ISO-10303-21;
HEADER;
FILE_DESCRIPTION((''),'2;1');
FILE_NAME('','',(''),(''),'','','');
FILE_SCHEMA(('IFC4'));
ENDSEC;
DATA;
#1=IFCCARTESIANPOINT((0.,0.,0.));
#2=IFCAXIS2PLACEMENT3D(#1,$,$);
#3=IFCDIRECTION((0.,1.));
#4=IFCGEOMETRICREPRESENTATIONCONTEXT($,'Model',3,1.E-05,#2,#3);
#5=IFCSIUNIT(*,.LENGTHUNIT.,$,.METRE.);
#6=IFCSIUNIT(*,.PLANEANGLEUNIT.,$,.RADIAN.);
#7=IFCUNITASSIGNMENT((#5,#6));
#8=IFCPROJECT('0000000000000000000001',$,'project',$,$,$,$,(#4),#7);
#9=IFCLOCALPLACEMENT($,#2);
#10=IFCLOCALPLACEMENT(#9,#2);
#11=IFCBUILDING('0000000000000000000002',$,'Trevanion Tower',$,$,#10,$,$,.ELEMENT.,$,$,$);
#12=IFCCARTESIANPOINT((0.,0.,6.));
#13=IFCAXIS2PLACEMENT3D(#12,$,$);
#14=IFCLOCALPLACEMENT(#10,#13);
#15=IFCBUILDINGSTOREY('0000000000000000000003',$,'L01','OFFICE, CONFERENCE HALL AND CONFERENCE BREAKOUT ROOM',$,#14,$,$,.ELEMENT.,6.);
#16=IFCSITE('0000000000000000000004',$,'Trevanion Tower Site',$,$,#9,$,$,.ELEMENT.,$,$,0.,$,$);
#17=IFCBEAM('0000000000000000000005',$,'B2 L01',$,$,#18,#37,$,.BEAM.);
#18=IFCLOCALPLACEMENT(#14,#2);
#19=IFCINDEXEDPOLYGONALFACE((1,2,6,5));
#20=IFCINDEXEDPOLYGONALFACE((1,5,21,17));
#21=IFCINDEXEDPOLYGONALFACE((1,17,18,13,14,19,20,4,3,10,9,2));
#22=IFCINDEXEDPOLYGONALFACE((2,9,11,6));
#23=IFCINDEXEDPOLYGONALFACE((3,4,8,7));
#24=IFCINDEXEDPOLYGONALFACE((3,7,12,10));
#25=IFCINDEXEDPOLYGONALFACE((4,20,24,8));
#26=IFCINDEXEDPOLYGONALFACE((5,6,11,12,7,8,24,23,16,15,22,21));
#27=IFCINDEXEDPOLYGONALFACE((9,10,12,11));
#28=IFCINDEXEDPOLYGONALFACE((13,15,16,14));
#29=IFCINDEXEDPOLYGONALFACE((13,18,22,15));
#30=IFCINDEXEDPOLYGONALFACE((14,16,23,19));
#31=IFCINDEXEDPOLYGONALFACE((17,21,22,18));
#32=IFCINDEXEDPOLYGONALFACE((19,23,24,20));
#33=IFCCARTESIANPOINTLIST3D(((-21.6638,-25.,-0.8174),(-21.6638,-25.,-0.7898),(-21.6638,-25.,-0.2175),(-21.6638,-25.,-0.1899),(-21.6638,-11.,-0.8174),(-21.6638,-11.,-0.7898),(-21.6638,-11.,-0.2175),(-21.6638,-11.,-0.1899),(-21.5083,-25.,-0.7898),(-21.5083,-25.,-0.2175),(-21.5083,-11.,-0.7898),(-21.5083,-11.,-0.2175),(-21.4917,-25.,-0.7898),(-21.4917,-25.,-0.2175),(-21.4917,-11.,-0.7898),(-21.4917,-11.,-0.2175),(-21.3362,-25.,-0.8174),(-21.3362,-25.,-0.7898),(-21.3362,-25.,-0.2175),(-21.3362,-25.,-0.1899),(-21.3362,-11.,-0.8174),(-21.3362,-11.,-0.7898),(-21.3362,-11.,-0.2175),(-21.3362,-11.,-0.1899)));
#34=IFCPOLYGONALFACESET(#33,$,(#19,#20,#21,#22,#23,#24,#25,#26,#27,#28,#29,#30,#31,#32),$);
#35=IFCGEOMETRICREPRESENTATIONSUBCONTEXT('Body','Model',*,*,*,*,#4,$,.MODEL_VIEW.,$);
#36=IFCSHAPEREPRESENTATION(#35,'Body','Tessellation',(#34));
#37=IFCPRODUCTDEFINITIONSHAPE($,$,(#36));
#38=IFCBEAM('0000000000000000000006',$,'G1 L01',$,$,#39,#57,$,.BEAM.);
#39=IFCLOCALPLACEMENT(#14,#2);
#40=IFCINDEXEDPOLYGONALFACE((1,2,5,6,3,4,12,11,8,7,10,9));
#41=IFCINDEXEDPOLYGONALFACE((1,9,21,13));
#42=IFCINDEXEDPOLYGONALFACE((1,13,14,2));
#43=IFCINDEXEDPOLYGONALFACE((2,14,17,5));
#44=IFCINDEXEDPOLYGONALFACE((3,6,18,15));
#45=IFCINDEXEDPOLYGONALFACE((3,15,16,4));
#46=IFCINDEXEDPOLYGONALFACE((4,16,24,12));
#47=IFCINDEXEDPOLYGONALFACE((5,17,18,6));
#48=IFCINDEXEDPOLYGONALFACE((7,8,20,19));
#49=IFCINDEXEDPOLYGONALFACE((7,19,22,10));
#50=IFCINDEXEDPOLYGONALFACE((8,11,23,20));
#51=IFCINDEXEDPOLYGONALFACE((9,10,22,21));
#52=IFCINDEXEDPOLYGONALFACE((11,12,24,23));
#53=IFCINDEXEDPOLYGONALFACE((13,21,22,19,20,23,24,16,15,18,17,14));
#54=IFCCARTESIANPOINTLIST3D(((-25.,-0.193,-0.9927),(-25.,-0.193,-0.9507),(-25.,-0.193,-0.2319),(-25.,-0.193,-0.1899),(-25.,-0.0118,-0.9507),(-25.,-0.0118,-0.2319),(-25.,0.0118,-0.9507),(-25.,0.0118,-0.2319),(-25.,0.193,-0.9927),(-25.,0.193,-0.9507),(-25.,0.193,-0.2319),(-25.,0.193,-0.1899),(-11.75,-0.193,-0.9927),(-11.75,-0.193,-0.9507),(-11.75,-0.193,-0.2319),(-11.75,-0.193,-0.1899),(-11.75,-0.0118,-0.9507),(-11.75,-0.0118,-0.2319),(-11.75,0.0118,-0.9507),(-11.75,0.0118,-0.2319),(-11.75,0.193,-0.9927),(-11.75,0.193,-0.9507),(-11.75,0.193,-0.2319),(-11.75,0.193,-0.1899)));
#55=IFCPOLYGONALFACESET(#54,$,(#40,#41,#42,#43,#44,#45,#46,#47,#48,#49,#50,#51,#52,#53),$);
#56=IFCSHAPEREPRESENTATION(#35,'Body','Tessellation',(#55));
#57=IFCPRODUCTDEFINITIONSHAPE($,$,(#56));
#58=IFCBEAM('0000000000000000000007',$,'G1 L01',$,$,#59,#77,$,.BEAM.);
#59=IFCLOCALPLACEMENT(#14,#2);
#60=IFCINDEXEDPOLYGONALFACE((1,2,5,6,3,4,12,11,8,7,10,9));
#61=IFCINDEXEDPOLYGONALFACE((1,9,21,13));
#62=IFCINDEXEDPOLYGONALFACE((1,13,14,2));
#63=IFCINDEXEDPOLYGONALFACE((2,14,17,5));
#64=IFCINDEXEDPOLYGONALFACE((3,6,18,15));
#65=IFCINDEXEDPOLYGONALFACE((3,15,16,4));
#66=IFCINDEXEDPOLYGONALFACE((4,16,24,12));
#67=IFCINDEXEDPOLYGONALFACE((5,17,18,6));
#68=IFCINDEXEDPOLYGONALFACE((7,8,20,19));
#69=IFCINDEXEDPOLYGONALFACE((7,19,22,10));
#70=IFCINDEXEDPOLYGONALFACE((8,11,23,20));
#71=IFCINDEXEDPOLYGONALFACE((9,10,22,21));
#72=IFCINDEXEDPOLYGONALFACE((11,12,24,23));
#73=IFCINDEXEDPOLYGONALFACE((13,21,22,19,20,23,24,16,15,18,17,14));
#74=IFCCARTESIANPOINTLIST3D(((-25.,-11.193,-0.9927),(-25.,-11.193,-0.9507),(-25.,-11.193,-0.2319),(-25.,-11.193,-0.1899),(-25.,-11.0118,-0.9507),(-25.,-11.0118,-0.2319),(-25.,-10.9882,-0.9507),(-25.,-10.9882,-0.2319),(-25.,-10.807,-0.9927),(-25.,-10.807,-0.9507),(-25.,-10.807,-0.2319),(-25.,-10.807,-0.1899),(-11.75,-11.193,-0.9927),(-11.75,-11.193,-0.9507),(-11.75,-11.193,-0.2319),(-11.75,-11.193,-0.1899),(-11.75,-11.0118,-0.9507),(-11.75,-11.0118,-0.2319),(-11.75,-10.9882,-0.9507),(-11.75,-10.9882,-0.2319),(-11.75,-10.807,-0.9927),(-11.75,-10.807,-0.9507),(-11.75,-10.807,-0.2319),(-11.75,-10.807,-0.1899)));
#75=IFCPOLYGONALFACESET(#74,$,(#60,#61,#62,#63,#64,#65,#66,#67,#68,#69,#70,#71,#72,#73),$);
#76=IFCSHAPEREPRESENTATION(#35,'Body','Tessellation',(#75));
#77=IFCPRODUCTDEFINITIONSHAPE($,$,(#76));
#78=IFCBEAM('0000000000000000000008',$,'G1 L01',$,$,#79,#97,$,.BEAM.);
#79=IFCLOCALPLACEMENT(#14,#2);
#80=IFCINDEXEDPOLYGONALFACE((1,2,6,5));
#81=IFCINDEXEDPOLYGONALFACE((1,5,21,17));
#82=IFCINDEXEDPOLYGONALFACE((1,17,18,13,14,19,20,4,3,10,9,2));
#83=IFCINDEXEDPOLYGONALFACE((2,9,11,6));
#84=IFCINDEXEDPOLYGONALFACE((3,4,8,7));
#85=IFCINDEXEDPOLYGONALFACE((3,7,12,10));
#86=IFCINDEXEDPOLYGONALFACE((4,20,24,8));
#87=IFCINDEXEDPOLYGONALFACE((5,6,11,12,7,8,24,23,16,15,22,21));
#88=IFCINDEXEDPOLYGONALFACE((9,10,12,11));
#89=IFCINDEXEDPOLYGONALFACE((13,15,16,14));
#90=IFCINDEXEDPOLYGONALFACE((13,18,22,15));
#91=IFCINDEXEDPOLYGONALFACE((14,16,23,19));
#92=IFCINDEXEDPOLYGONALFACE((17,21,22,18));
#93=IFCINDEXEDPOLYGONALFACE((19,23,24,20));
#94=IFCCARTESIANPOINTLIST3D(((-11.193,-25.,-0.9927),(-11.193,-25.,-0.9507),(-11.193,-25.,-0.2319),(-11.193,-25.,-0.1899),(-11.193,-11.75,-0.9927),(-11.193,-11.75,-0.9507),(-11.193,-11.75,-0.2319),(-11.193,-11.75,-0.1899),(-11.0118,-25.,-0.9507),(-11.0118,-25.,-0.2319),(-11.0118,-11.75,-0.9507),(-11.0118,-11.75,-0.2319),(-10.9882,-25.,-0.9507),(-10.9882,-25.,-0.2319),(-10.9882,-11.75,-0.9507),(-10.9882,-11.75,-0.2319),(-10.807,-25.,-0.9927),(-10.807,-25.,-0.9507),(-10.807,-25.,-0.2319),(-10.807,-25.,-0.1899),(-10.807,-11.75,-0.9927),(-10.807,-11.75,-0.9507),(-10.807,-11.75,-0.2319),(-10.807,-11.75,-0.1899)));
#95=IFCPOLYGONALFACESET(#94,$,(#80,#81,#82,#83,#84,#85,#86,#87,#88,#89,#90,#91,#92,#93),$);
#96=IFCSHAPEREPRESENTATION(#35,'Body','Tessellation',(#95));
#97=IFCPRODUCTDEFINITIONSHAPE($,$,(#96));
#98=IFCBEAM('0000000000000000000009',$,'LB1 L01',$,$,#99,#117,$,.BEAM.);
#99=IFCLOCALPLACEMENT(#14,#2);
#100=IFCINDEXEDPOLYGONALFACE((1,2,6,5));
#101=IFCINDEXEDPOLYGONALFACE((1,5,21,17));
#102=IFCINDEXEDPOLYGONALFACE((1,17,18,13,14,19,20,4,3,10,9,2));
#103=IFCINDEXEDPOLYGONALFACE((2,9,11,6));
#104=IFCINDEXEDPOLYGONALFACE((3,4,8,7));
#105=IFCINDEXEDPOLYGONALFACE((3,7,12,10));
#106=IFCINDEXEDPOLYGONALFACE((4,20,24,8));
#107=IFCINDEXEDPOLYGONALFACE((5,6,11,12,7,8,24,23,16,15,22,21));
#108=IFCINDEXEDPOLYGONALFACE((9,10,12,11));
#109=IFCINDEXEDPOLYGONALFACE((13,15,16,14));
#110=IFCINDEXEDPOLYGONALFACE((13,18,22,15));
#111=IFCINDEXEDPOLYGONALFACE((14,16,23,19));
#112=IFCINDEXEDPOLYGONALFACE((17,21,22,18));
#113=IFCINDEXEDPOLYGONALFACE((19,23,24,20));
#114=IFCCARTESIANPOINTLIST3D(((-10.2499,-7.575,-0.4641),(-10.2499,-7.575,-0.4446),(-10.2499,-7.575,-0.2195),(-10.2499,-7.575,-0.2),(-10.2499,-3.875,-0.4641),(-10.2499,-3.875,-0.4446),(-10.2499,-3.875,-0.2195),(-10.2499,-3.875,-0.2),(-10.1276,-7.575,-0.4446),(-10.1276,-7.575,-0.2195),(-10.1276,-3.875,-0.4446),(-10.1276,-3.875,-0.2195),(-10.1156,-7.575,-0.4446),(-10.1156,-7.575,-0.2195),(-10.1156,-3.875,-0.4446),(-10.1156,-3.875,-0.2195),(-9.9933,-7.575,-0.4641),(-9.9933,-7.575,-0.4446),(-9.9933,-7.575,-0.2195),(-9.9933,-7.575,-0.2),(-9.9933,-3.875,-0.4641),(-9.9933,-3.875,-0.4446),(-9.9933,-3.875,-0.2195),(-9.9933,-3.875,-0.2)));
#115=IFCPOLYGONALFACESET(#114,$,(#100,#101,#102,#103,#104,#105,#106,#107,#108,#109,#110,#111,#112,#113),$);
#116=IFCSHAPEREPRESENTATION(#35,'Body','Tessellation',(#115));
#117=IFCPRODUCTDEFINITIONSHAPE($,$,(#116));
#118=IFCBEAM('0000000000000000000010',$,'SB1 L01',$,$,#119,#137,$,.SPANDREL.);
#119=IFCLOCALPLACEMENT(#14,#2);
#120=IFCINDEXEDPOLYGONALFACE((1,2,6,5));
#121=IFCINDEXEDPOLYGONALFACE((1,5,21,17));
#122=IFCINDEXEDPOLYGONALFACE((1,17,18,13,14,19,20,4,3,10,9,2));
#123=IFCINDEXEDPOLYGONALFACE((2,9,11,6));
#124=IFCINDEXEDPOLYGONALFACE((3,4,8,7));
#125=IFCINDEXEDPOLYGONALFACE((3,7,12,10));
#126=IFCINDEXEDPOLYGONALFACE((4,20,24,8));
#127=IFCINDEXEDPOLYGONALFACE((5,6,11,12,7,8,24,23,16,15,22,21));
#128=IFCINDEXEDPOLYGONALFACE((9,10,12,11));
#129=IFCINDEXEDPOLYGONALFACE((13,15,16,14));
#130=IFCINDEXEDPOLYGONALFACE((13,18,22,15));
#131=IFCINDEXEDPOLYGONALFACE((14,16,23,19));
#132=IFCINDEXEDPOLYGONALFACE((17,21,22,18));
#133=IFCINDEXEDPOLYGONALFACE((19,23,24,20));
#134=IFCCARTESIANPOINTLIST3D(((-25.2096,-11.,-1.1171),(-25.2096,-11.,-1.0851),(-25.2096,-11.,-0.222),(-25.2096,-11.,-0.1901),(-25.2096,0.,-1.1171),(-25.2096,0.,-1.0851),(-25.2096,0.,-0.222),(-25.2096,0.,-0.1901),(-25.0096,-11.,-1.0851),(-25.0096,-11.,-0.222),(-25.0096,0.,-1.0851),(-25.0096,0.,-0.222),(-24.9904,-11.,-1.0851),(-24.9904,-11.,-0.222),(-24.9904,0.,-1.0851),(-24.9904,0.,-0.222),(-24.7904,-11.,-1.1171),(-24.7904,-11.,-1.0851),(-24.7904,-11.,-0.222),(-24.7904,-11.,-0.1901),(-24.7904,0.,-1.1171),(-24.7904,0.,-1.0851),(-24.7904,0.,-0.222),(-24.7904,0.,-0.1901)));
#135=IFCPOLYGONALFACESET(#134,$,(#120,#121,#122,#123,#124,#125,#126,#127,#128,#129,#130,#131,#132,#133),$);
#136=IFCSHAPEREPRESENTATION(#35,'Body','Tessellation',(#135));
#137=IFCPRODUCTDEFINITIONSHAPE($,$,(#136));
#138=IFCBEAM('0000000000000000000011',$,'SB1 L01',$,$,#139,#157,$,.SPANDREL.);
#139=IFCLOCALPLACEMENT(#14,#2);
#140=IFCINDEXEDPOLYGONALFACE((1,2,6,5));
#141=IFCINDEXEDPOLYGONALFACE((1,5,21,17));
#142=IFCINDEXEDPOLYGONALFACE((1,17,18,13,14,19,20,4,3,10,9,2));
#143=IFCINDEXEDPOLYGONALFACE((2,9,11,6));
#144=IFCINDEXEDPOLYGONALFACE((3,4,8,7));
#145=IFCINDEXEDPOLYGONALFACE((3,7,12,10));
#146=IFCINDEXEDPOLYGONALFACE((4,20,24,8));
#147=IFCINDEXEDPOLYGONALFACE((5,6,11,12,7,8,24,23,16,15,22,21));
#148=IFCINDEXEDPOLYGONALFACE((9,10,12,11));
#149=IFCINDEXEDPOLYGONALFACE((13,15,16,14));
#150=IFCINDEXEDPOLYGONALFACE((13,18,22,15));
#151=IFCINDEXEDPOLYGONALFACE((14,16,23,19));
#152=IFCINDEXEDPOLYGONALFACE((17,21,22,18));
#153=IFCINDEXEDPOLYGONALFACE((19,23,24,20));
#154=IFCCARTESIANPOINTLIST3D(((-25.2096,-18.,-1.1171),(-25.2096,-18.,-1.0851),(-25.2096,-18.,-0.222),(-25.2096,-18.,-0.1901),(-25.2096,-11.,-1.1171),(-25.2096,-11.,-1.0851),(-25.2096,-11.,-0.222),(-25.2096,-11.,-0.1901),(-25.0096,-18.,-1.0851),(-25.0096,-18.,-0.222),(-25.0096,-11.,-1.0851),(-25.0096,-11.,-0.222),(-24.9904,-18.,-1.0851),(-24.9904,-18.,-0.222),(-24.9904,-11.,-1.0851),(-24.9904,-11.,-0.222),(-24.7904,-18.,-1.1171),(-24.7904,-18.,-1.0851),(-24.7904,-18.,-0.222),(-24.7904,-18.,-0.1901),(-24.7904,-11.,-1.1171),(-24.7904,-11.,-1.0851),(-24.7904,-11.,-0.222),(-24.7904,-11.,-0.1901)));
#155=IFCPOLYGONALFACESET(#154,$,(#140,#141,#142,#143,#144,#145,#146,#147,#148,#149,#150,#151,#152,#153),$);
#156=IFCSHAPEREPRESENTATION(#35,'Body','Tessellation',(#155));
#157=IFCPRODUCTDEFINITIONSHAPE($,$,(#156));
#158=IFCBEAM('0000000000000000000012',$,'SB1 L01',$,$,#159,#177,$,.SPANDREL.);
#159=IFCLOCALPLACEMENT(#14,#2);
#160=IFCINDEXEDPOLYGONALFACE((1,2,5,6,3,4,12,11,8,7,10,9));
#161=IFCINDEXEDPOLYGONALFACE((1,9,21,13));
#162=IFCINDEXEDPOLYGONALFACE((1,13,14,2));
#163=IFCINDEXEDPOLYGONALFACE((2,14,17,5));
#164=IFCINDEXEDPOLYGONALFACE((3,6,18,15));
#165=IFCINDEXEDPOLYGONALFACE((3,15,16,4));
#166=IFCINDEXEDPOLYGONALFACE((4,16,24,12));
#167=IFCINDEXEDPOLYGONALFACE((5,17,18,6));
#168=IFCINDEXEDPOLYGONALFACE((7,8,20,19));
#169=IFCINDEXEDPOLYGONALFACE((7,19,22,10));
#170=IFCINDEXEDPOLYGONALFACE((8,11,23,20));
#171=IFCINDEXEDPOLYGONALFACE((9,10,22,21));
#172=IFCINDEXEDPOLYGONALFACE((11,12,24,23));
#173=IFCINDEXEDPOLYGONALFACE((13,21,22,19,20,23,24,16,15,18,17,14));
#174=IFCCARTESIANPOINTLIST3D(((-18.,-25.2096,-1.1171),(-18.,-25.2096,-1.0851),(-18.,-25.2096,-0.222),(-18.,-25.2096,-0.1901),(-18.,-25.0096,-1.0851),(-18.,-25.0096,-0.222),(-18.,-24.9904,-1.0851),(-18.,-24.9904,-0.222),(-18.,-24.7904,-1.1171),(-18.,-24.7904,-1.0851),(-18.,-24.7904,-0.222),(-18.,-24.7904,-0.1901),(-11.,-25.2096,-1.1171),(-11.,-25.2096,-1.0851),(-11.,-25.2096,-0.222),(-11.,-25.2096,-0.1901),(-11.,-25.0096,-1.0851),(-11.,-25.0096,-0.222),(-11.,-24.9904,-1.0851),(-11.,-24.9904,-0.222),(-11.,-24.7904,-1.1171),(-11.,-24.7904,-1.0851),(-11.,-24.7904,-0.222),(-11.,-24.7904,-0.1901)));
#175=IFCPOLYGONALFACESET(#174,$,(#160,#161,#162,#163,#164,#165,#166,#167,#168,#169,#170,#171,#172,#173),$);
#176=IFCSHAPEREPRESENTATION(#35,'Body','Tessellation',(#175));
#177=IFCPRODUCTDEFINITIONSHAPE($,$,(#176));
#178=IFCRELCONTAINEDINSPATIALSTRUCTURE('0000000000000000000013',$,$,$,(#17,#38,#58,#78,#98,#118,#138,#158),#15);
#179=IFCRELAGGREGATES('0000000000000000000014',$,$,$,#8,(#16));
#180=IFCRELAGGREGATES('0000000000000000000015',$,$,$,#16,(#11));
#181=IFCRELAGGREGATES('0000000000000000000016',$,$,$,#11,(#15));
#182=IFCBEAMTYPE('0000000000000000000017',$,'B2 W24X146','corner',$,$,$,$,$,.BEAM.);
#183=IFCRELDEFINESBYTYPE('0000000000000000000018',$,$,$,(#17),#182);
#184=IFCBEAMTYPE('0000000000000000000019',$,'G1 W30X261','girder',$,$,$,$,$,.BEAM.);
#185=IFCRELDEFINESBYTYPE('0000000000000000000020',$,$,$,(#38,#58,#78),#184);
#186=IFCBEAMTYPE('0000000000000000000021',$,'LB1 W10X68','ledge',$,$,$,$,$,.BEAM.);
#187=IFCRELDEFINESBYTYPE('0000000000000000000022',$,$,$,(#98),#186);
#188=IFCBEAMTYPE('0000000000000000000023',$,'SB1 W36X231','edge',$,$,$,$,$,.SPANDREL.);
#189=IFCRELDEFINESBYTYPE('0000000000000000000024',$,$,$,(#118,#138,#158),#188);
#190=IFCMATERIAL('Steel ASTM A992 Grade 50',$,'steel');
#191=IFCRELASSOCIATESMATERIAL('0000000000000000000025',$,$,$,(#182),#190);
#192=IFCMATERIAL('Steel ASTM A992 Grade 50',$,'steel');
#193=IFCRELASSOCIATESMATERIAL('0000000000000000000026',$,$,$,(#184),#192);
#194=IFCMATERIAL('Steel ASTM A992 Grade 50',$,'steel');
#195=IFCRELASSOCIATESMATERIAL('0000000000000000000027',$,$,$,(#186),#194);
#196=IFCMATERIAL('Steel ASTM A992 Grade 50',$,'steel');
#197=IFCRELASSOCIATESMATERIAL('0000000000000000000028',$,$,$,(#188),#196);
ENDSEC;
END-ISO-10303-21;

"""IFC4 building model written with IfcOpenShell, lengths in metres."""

from ifc_helpers import new_model, si_unit, direction, frame, origin, origin_2d, place, context, subcontext, project, spatial, i_section, extrude, material, material_profile, profile_set, type_object, element, save


model = new_model("IFC4")

# Units and contexts
model_context = context("Model", 3, precision=1e-05, world=origin(), true_north=direction((0.0, 1.0)))
body_context = subcontext(model_context, "Body", "Model", "MODEL_VIEW")
ifc_project = project(units=[si_unit("LENGTHUNIT", "METRE"), si_unit("PLANEANGLEUNIT", "RADIAN")], contexts=[model_context])

# Site, building, storey
site_placement = place(None, origin())
site = spatial("IfcSite", under=ifc_project, at=site_placement, Name="Trevanion Tower Site", CompositionType="ELEMENT", RefElevation=0.0)
building_placement = place(site_placement, origin())
building = spatial("IfcBuilding", under=site, at=building_placement, Name="Trevanion Tower", CompositionType="ELEMENT")
storey_placement = place(building_placement, frame((0.0, 0.0, 6.0)))
storey = spatial("IfcBuildingStorey", under=building, at=storey_placement, Name="L01", Description="OFFICE, CONFERENCE HALL AND CONFERENCE BREAKOUT ROOM", CompositionType="ELEMENT", Elevation=6.0)

# Beams
ifc_material_1 = material(Name="Steel ASTM A992 Grade 50", Category="steel")
ifc_material_profile_1 = material_profile(ifc_material_1, i_section(OverallWidth=0.3276, OverallDepth=0.6274, WebThickness=0.0166, FlangeThickness=0.0276, at=origin_2d()), Name="W24X146")
ifc_profile_set_1 = profile_set([ifc_material_profile_1], Name="Steel ASTM A992 Grade 50")
beam_type_1 = type_object("IfcBeamType", Name="B2 W24X146", Description="corner", PredefinedType="BEAM", material=ifc_profile_set_1)
for number, where, z_axis, x_axis, name in (
    (1, (-21.5, -11.0, -0.5037), (0.0, -1.0, 0.0), (1.0, 0.0, 0.0), "B2 L01"),
):
    element("IfcBeam", number, at=place(storey_placement, frame(where, z_axis=z_axis, x_axis=x_axis)), inside=storey, type_object=beam_type_1, Name=name, PredefinedType="BEAM", context=body_context, shape_type="SweptSolid", body=[
        extrude(i_section(OverallWidth=0.3276, OverallDepth=0.6274, WebThickness=0.0166, FlangeThickness=0.0276, at=origin_2d()), origin(), (0.0, 0.0, 1.0), 14.0),
    ])
ifc_material_2 = material(Name="Steel ASTM A992 Grade 50", Category="steel")
ifc_material_profile_2 = material_profile(ifc_material_2, i_section(OverallWidth=0.386, OverallDepth=0.8027, WebThickness=0.0237, FlangeThickness=0.042, at=origin_2d()), Name="W30X261")
ifc_profile_set_2 = profile_set([ifc_material_profile_2], Name="Steel ASTM A992 Grade 50")
beam_type_2 = type_object("IfcBeamType", Name="G1 W30X261", Description="girder", PredefinedType="BEAM", material=ifc_profile_set_2)
for number, where, z_axis, x_axis, name in (
    (2, (-11.75, 0.0, -0.5913), (-1.0, 0.0, 0.0), (0.0, -1.0, 0.0), "G1 L01"),
    (3, (-11.75, -11.0, -0.5913), (-1.0, 0.0, 0.0), (0.0, -1.0, 0.0), "G1 L01"),
    (4, (-11.0, -11.75, -0.5913), (0.0, -1.0, 0.0), (1.0, 0.0, 0.0), "G1 L01"),
):
    element("IfcBeam", number, at=place(storey_placement, frame(where, z_axis=z_axis, x_axis=x_axis)), inside=storey, type_object=beam_type_2, Name=name, PredefinedType="BEAM", context=body_context, shape_type="SweptSolid", body=[
        extrude(i_section(OverallWidth=0.386, OverallDepth=0.8027, WebThickness=0.0237, FlangeThickness=0.042, at=origin_2d()), origin(), (0.0, 0.0, 1.0), 13.25),
    ])
ifc_material_3 = material(Name="Steel ASTM A992 Grade 50", Category="steel")
ifc_material_profile_3 = material_profile(ifc_material_3, i_section(OverallWidth=0.2566, OverallDepth=0.2642, WebThickness=0.012, FlangeThickness=0.0195, at=origin_2d()), Name="W10X68")
ifc_profile_set_3 = profile_set([ifc_material_profile_3], Name="Steel ASTM A992 Grade 50")
beam_type_3 = type_object("IfcBeamType", Name="LB1 W10X68", Description="ledge", PredefinedType="BEAM", material=ifc_profile_set_3)
beam_1_placement = place(storey_placement, frame((-10.1216, -7.575, -0.332), z_axis=(0.0, 1.0, 0.0), x_axis=(-1.0, 0.0, 0.0)))
element("IfcBeam", 5, at=beam_1_placement, inside=storey, type_object=beam_type_3, Name="LB1 L01", PredefinedType="BEAM", context=body_context, shape_type="SweptSolid", body=[
    extrude(i_section(OverallWidth=0.2566, OverallDepth=0.2642, WebThickness=0.012, FlangeThickness=0.0195, at=origin_2d()), origin(), (0.0, 0.0, 1.0), 3.7),
])
ifc_material_4 = material(Name="Steel ASTM A992 Grade 50", Category="steel")
ifc_material_profile_4 = material_profile(ifc_material_4, i_section(OverallWidth=0.4192, OverallDepth=0.927, WebThickness=0.0193, FlangeThickness=0.032, at=origin_2d()), Name="W36X231")
ifc_profile_set_4 = profile_set([ifc_material_profile_4], Name="Steel ASTM A992 Grade 50")
beam_type_4 = type_object("IfcBeamType", Name="SB1 W36X231", Description="edge", PredefinedType="SPANDREL", material=ifc_profile_set_4)
beam_2_placement = place(storey_placement, frame((-25.0, 0.0, -0.6536), z_axis=(0.0, -1.0, 0.0), x_axis=(1.0, 0.0, 0.0)))
element("IfcBeam", 6, at=beam_2_placement, inside=storey, type_object=beam_type_4, Name="SB1 L01", PredefinedType="SPANDREL", context=body_context, shape_type="SweptSolid", body=[
    extrude(i_section(OverallWidth=0.4192, OverallDepth=0.927, WebThickness=0.0193, FlangeThickness=0.032, at=origin_2d()), origin(), (0.0, 0.0, 1.0), 11.0),
])
for number, where, z_axis, x_axis, name in (
    (7, (-25.0, -11.0, -0.6536), (0.0, -1.0, 0.0), (1.0, 0.0, 0.0), "SB1 L01"),
    (8, (-18.0, -25.0, -0.6536), (1.0, 0.0, 0.0), (0.0, 1.0, 0.0), "SB1 L01"),
):
    element("IfcBeam", number, at=place(storey_placement, frame(where, z_axis=z_axis, x_axis=x_axis)), inside=storey, type_object=beam_type_4, Name=name, PredefinedType="SPANDREL", context=body_context, shape_type="SweptSolid", body=[
        extrude(i_section(OverallWidth=0.4192, OverallDepth=0.927, WebThickness=0.0193, FlangeThickness=0.032, at=origin_2d()), origin(), (0.0, 0.0, 1.0), 7.0),
    ])

save(model, "model.ifc")
